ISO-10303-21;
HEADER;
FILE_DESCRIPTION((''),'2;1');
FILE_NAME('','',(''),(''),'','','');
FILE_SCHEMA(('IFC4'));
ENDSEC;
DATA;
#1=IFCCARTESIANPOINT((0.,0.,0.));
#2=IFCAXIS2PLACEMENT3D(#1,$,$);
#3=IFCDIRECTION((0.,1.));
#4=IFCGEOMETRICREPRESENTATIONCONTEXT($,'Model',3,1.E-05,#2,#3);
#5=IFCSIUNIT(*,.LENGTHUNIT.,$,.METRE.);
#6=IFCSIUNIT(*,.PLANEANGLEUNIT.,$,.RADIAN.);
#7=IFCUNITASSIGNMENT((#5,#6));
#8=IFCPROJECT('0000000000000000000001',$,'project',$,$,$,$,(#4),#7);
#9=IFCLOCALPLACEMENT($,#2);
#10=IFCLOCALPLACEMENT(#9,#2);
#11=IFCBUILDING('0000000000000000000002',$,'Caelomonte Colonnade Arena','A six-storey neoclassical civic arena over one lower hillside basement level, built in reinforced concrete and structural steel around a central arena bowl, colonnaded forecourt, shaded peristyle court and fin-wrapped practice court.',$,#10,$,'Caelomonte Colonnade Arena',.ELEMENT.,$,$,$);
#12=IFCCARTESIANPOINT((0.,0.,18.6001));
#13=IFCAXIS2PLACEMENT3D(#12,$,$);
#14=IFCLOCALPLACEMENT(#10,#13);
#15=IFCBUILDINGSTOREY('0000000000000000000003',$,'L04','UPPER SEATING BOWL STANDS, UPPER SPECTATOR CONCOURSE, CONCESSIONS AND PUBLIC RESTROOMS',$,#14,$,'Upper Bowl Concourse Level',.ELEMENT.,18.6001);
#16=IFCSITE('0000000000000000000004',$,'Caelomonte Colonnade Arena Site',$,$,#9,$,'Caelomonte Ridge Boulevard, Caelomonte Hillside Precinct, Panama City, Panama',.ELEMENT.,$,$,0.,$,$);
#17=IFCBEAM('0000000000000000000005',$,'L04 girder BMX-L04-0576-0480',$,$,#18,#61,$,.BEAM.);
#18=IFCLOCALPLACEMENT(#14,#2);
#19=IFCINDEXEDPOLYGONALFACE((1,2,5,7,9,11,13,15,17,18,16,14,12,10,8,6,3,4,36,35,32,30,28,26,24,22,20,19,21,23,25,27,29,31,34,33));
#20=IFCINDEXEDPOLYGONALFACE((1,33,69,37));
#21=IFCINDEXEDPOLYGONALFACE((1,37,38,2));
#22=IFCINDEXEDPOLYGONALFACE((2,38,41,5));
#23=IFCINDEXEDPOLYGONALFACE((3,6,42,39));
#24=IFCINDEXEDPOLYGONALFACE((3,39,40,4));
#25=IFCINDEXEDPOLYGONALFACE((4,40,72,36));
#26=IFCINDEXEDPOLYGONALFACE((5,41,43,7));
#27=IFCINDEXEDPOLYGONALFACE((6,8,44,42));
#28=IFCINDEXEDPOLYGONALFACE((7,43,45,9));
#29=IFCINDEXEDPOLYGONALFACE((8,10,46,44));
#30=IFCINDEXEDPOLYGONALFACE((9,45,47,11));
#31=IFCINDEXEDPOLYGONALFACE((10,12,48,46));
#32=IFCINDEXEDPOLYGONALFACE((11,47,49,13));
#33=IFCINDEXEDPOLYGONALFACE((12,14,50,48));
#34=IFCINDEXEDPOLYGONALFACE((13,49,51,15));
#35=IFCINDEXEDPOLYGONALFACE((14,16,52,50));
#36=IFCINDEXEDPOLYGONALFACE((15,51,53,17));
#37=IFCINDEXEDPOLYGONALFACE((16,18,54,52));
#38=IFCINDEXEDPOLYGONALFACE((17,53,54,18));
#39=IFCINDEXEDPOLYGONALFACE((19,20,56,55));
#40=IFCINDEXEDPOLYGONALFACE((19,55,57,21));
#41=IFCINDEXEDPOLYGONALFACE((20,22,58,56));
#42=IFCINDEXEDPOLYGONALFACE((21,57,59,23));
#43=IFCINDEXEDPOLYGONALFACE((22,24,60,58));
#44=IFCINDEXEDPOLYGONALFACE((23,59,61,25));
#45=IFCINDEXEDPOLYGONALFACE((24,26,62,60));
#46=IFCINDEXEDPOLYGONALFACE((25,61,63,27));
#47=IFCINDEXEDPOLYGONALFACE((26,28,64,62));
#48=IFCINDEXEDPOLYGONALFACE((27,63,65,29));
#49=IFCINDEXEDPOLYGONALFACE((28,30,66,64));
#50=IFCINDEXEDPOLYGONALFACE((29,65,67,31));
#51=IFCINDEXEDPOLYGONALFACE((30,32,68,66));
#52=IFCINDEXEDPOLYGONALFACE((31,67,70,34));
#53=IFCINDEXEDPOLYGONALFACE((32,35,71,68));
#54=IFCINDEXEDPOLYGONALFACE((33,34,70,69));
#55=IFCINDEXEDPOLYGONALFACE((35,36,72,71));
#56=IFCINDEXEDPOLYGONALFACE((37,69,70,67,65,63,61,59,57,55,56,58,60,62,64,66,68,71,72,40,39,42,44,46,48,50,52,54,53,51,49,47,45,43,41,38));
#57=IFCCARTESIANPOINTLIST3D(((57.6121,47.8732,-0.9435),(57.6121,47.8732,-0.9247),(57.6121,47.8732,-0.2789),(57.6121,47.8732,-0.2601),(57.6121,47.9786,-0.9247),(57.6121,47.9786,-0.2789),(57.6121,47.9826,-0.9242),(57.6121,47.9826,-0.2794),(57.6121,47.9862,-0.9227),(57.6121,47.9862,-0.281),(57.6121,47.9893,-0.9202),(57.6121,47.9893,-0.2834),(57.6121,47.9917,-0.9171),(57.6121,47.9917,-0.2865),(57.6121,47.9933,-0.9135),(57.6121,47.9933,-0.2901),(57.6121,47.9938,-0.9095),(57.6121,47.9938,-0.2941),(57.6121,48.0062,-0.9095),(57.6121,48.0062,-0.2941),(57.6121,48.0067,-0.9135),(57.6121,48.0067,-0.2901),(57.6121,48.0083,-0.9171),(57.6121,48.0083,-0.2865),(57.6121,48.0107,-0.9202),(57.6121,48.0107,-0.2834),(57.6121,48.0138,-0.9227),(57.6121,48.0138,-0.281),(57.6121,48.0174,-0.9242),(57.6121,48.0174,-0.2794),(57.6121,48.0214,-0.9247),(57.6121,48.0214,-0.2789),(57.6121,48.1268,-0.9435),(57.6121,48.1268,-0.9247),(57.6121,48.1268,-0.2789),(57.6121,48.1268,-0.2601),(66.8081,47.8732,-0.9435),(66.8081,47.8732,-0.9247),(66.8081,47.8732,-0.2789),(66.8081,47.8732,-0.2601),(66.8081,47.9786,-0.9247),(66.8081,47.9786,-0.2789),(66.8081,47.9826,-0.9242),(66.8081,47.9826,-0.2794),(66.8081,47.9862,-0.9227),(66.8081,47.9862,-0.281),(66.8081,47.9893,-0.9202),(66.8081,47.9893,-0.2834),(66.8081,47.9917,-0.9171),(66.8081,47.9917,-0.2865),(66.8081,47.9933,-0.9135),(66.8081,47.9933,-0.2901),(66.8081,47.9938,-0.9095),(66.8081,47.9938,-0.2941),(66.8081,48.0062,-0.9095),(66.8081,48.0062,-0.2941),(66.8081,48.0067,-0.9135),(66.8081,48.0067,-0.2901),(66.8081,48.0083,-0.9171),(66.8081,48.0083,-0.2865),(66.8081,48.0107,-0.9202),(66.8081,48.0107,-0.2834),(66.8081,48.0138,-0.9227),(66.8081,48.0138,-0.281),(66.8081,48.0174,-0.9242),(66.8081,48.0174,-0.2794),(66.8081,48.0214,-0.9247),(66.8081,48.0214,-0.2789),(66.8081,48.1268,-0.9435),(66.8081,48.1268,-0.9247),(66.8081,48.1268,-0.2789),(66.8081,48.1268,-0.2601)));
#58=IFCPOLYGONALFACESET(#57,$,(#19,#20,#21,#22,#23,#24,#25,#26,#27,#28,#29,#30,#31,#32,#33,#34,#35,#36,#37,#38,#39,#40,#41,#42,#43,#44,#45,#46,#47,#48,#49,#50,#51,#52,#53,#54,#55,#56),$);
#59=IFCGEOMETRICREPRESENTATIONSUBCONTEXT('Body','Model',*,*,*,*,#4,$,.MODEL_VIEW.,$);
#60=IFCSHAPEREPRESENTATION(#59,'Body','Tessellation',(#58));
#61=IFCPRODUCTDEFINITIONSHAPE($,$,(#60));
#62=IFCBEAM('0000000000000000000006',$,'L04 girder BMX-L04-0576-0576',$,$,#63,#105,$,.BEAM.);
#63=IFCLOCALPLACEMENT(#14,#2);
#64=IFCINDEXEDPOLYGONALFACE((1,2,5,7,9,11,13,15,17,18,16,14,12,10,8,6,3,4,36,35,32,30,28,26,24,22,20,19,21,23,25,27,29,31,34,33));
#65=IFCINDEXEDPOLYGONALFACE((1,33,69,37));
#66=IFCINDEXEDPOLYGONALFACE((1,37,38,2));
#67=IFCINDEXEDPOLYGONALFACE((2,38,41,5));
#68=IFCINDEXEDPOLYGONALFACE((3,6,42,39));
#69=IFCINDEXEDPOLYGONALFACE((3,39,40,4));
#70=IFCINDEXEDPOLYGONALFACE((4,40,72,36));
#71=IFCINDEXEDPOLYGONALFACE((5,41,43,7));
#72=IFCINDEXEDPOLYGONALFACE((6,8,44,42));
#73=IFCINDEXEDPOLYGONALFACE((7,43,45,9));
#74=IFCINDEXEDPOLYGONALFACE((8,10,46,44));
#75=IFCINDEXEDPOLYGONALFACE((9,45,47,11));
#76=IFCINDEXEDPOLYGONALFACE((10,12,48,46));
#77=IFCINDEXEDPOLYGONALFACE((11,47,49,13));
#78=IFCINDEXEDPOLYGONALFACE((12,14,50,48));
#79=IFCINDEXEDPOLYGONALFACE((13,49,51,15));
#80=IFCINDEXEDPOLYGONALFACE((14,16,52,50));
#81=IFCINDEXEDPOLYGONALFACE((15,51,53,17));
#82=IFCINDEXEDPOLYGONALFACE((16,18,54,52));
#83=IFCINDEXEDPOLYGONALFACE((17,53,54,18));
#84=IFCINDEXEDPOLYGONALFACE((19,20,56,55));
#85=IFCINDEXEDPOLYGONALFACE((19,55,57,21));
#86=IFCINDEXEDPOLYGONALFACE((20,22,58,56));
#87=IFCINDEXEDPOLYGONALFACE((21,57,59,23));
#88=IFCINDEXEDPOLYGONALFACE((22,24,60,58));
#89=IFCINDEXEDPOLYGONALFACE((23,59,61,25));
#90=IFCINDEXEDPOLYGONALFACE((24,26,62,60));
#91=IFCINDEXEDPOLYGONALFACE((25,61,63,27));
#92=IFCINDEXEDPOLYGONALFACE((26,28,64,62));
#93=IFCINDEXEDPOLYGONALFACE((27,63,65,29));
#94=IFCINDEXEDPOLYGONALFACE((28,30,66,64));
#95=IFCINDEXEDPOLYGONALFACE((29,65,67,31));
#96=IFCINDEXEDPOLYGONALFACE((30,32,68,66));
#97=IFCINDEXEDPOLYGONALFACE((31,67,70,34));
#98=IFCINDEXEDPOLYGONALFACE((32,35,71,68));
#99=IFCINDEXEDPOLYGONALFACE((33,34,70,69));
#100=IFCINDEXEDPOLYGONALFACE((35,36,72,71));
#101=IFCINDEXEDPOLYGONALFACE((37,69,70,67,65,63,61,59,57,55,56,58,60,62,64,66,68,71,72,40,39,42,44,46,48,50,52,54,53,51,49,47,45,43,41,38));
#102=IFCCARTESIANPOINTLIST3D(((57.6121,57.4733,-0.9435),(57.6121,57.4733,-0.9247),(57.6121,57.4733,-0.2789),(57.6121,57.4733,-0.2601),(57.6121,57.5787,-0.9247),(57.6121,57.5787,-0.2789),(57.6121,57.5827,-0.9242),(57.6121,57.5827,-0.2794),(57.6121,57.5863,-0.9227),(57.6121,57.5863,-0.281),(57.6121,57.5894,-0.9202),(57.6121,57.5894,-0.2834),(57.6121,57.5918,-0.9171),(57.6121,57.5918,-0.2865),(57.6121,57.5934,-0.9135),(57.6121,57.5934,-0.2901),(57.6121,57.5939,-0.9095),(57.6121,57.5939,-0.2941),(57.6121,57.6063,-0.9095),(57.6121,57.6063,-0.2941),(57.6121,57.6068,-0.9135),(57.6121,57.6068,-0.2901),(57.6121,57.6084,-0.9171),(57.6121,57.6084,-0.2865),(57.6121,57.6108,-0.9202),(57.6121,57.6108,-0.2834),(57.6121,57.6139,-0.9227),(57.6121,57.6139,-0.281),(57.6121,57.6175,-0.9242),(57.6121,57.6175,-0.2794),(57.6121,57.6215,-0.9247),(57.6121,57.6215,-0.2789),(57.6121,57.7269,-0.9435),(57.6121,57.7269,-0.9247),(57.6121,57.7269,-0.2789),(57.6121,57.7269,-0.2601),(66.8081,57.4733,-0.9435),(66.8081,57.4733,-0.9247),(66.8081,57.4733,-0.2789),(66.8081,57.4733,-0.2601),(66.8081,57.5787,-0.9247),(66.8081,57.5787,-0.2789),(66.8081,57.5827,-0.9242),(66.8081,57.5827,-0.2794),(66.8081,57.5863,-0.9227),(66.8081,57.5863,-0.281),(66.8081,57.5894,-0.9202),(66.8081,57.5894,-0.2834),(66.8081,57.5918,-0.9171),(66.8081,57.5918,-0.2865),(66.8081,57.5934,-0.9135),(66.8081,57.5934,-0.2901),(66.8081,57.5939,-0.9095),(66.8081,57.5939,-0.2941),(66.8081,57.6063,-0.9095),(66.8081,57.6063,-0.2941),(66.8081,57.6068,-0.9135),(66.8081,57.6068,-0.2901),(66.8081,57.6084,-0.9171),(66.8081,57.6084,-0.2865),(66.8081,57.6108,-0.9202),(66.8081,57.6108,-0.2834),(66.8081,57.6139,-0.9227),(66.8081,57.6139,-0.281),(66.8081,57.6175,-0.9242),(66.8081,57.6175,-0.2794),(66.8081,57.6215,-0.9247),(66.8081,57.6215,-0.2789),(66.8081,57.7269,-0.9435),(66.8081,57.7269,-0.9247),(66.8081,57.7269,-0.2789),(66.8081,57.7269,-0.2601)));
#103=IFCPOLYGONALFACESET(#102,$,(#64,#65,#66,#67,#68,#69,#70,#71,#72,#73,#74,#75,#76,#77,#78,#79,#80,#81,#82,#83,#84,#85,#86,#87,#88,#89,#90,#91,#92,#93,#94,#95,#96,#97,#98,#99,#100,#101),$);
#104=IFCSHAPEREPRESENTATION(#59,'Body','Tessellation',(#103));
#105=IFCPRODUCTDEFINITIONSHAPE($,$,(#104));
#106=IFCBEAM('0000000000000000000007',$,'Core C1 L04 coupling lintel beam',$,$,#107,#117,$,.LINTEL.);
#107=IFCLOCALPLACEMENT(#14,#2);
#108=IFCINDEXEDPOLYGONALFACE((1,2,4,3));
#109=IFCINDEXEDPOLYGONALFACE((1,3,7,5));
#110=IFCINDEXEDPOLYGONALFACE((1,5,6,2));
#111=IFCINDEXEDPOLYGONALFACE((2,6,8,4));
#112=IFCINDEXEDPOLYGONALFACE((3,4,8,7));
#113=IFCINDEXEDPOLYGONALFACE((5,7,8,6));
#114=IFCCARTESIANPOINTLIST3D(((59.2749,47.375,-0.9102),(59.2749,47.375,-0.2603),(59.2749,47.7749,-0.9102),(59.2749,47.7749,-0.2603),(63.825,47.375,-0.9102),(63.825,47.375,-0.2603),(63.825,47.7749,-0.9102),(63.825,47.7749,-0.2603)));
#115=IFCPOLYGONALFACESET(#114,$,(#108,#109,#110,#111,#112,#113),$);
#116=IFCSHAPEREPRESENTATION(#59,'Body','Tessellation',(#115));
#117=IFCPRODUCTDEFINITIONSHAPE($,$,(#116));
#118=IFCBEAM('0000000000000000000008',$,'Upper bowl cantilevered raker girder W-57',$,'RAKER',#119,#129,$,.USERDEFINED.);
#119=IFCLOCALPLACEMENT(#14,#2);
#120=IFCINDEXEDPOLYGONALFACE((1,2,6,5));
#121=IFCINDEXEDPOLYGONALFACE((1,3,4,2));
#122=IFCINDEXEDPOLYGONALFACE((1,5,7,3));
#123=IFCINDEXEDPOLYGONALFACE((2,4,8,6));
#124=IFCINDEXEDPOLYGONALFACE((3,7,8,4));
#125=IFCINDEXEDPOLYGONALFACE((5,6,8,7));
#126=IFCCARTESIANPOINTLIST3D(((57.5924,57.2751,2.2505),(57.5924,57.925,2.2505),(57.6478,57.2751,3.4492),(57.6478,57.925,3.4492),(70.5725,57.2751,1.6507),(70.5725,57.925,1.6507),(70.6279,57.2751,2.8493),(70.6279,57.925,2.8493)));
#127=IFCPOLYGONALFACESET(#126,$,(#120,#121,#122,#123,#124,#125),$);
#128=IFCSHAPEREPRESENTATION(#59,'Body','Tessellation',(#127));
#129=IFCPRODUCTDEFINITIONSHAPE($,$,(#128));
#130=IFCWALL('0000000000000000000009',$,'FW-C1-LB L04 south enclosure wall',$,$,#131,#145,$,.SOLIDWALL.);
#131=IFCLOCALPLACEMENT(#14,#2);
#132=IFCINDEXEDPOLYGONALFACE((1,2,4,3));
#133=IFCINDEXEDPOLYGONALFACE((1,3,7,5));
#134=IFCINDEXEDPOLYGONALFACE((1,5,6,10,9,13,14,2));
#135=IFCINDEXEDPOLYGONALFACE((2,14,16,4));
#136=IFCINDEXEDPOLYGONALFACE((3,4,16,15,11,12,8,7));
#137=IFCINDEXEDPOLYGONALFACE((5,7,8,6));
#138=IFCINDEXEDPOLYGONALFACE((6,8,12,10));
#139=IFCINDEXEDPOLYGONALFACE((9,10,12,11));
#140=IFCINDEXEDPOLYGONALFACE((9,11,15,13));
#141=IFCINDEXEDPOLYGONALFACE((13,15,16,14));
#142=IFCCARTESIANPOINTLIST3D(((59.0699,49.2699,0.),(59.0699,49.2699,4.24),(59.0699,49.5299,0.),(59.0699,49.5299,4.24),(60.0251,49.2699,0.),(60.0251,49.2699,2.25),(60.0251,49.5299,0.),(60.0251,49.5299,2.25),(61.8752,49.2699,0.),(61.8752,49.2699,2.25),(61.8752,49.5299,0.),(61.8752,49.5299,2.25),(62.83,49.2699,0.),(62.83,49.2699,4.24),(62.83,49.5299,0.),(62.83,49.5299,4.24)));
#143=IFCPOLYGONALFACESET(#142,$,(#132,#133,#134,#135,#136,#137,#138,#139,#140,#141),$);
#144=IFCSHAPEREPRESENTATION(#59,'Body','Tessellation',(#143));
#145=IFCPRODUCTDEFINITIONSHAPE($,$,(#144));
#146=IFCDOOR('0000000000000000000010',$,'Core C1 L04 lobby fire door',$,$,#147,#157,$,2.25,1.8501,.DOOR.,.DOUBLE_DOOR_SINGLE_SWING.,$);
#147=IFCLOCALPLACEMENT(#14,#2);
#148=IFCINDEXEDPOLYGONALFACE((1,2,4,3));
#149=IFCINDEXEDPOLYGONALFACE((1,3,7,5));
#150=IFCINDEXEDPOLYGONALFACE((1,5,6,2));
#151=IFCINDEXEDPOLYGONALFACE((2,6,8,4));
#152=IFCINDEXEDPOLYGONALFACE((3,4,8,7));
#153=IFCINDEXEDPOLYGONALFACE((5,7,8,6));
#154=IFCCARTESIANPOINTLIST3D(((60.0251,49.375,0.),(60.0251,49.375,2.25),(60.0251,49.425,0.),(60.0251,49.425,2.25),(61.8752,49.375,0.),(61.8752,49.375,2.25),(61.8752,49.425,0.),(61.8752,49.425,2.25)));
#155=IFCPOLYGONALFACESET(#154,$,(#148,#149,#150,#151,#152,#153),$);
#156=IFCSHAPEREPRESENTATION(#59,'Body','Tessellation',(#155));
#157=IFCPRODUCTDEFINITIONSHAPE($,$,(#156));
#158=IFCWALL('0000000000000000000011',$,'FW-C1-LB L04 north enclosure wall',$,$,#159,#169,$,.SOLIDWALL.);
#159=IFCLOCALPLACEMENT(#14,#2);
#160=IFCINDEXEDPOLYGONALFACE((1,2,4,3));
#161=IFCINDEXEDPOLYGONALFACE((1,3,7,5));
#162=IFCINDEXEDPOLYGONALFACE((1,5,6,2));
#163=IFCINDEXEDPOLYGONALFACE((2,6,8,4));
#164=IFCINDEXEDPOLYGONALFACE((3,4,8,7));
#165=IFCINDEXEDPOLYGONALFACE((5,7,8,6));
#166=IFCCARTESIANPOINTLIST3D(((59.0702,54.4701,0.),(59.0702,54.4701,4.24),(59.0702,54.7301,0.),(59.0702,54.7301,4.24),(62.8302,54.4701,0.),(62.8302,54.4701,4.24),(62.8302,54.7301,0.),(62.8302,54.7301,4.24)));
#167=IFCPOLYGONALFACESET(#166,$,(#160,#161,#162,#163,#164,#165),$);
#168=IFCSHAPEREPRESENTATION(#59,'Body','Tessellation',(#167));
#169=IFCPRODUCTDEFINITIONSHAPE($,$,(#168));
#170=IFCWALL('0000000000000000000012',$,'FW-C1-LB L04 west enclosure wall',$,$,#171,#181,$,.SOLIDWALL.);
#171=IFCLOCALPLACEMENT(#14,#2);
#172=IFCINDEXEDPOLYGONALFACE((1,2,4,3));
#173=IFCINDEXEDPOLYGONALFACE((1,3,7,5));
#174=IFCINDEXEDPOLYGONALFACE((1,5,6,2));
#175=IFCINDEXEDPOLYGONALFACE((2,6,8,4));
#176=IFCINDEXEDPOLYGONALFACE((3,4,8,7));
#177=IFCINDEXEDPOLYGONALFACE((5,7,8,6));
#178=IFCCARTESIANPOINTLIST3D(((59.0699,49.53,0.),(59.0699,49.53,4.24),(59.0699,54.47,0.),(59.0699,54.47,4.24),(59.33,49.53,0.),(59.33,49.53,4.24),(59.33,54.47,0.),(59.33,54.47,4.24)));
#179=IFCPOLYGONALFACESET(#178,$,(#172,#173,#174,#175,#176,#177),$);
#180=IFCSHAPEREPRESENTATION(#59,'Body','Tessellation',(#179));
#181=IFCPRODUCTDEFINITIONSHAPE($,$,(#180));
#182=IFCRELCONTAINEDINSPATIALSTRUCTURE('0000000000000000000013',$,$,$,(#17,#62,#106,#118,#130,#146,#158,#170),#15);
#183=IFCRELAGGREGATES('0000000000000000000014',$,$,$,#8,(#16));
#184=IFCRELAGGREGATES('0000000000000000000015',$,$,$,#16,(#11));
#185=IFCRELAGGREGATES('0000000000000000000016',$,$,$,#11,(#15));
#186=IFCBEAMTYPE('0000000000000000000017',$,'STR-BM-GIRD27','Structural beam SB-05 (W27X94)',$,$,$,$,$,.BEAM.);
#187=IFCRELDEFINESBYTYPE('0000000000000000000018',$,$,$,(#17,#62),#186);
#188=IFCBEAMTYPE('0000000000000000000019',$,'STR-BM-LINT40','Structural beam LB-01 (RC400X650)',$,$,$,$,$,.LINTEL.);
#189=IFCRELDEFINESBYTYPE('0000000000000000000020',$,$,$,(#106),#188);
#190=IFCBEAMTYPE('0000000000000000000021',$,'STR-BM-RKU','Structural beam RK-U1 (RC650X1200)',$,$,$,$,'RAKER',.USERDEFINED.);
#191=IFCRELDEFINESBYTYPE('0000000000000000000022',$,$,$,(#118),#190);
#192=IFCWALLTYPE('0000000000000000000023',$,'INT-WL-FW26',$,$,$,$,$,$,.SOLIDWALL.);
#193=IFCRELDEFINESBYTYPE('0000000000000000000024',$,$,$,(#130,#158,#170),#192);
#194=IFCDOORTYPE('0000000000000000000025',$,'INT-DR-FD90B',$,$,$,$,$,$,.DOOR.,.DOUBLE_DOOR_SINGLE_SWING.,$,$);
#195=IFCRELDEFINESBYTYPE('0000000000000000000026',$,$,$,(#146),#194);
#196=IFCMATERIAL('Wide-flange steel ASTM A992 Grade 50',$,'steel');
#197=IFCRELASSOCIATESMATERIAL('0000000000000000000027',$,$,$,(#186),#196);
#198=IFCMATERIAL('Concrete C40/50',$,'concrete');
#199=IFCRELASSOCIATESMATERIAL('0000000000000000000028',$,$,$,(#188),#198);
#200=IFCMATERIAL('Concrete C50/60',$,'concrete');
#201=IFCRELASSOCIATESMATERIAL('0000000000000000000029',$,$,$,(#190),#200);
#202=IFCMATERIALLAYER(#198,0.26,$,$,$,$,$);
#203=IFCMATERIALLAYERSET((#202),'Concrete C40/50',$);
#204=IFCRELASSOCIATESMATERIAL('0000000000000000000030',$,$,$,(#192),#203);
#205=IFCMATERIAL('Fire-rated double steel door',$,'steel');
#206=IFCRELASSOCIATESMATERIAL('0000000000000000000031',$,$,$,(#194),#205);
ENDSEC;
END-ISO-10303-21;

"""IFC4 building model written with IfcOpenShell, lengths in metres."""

from ifc_helpers import new_model, si_unit, direction, frame, frame_2d, origin, origin_2d, place, context, subcontext, project, spatial, rectangle, i_section, extrude, material, layer, layer_set, material_profile, profile_set, type_object, element, fill, save


model = new_model("IFC4")

# Units and contexts
model_context = context("Model", 3, precision=1e-05, world=origin(), true_north=direction((0.0, 1.0)))
body_context = subcontext(model_context, "Body", "Model", "MODEL_VIEW")
ifc_project = project(units=[si_unit("LENGTHUNIT", "METRE"), si_unit("PLANEANGLEUNIT", "RADIAN")], contexts=[model_context])

# Site, building, storey
site_placement = place(None, origin())
site = spatial("IfcSite", under=ifc_project, at=site_placement, Name="Caelomonte Colonnade Arena Site", LongName="Caelomonte Ridge Boulevard, Caelomonte Hillside Precinct, Panama City, Panama", CompositionType="ELEMENT", RefElevation=0.0)
building_placement = place(site_placement, origin())
building = spatial("IfcBuilding", under=site, at=building_placement, Name="Caelomonte Colonnade Arena", Description="A six-storey neoclassical civic arena over one lower hillside basement level, built in reinforced concrete and structural steel around a central arena bowl, colonnaded forecourt, shaded peristyle court and fin-wrapped practice court.", LongName="Caelomonte Colonnade Arena", CompositionType="ELEMENT")
storey_placement = place(building_placement, frame((0.0, 0.0, 18.6001)))
storey = spatial("IfcBuildingStorey", under=building, at=storey_placement, Name="L04", Description="UPPER SEATING BOWL STANDS, UPPER SPECTATOR CONCOURSE, CONCESSIONS AND PUBLIC RESTROOMS", LongName="Upper Bowl Concourse Level", CompositionType="ELEMENT", Elevation=18.6001)

# Shared definitions
ifc_material_1 = material(Name="Wide-flange steel ASTM A992 Grade 50", Category="steel")

# Beams
ifc_material_profile_1 = material_profile(ifc_material_1, i_section(OverallWidth=0.2537, OverallDepth=0.6833, WebThickness=0.0125, FlangeThickness=0.0188, FilletRadius=0.0151, at=origin_2d()), Name="W27X94")
ifc_profile_set_1 = profile_set([ifc_material_profile_1], Name="Wide-flange steel ASTM A992 Grade 50")
beam_type_1 = type_object("IfcBeamType", Name="STR-BM-GIRD27", Description="Structural beam SB-05 (W27X94)", PredefinedType="BEAM", material=ifc_profile_set_1)
for number, where, z_axis, x_axis, name in (
    (1, (57.6121, 48.0, -0.6018), (1.0, 0.0, 0.0), (0.0, 1.0, 0.0), "L04 girder BMX-L04-0576-0480"),
    (2, (57.6121, 57.6001, -0.6018), (1.0, 0.0, 0.0), (0.0, 1.0, 0.0), "L04 girder BMX-L04-0576-0576"),
):
    element("IfcBeam", number, at=place(storey_placement, frame(where, z_axis=z_axis, x_axis=x_axis)), inside=storey, type_object=beam_type_1, Name=name, PredefinedType="BEAM", context=body_context, shape_type="SweptSolid", body=[
        extrude(i_section(OverallWidth=0.2537, OverallDepth=0.6833, WebThickness=0.0125, FlangeThickness=0.0188, FilletRadius=0.0151, at=origin_2d()), origin(), (0.0, 0.0, 1.0), 9.196),
    ])
ifc_material_2 = material(Name="Concrete C40/50", Category="concrete")
ifc_material_profile_2 = material_profile(ifc_material_2, rectangle(XDim=0.3999, YDim=0.6499, at=origin_2d()), Name="RC400X650")
ifc_profile_set_2 = profile_set([ifc_material_profile_2], Name="Concrete C40/50")
beam_type_2 = type_object("IfcBeamType", Name="STR-BM-LINT40", Description="Structural beam LB-01 (RC400X650)", PredefinedType="LINTEL", material=ifc_profile_set_2)
beam_1_placement = place(storey_placement, frame((59.2749, 47.575, -0.5852), z_axis=(1.0, 0.0, 0.0), x_axis=(0.0, 1.0, 0.0)))
element("IfcBeam", 3, at=beam_1_placement, inside=storey, type_object=beam_type_2, Name="Core C1 L04 coupling lintel beam", PredefinedType="LINTEL", context=body_context, shape_type="SweptSolid", body=[
    extrude(rectangle(XDim=0.3999, YDim=0.6499, at=origin_2d()), origin(), (0.0, 0.0, 1.0), 4.55),
])
ifc_material_3 = material(Name="Concrete C50/60", Category="concrete")
ifc_material_profile_3 = material_profile(ifc_material_3, rectangle(XDim=0.6499, YDim=1.2, at=origin_2d()), Name="RC650X1200")
ifc_profile_set_3 = profile_set([ifc_material_profile_3], Name="Concrete C50/60")
beam_type_3 = type_object("IfcBeamType", Name="STR-BM-RKU", Description="Structural beam RK-U1 (RC650X1200)", ElementType="RAKER", PredefinedType="USERDEFINED", material=ifc_profile_set_3)
beam_2_placement = place(storey_placement, frame((57.6201, 57.6001, 2.8499), z_axis=(0.998934, 0.0, -0.046164), x_axis=(0.0, 1.0, 0.0)))
element("IfcBeam", 4, at=beam_2_placement, inside=storey, type_object=beam_type_3, Name="Upper bowl cantilevered raker girder W-57", ObjectType="RAKER", PredefinedType="USERDEFINED", context=body_context, shape_type="SweptSolid", body=[
    extrude(rectangle(XDim=0.6499, YDim=1.2, at=origin_2d()), origin(), (0.0, 0.0, 1.0), 12.9939),
])

# Wall, opening, door
ifc_layer_1 = layer(ifc_material_2, 0.26)
ifc_layer_set_1 = layer_set([ifc_layer_1], Name="Concrete C40/50")
wall_type_1 = type_object("IfcWallType", Name="INT-WL-FW26", PredefinedType="SOLIDWALL", material=ifc_layer_set_1)
wall_1_placement = place(storey_placement, frame((59.0701, 49.3999, 0.0), z_axis=(0.0, 0.0, 1.0), x_axis=(1.0, 0.0, 0.0)))
wall_1 = element("IfcWall", 5, at=wall_1_placement, inside=storey, type_object=wall_type_1, Name="FW-C1-LB L04 south enclosure wall", PredefinedType="SOLIDWALL", context=body_context, shape_type="SweptSolid", body=[
    extrude(rectangle(XDim=3.76, YDim=0.26, at=frame_2d((1.8799, 0.0))), origin(), (0.0, 0.0, 1.0), 4.24),
])
opening_1_placement = place(wall_1_placement, frame((2.8052, 0.0, 0.0), z_axis=(0.0, 0.0, 1.0), x_axis=(-1.0, 0.0, 0.0)))
opening_1 = element("IfcOpeningElement", 6, at=opening_1_placement, cuts=wall_1, PredefinedType="OPENING", context=body_context, shape_type="SweptSolid", body=[
    extrude(rectangle(XDim=1.8501, YDim=2.25, at=frame_2d((0.925, 1.125))), frame((0.0, 0.1399, 0.0), z_axis=(0.0, -1.0, 0.0), x_axis=(1.0, 0.0, 0.0)), (0.0, 0.0, 1.0), 0.28),
])
ifc_material_4 = material(Name="Fire-rated double steel door", Category="steel")
door_type_1 = type_object("IfcDoorType", Name="INT-DR-FD90B", OperationType="DOUBLE_DOOR_SINGLE_SWING", PredefinedType="DOOR", material=ifc_material_4)
door_1_placement = place(opening_1_placement, origin())
door_1 = element("IfcDoor", 7, at=door_1_placement, inside=storey, type_object=door_type_1, Name="Core C1 L04 lobby fire door", OperationType="DOUBLE_DOOR_SINGLE_SWING", OverallHeight=2.25, OverallWidth=1.8501, PredefinedType="DOOR", context=body_context, shape_type="SweptSolid", body=[
    extrude(rectangle(XDim=1.8501, YDim=2.25, at=frame_2d((0.925, 1.125))), frame((0.0, 0.0249, 0.0), z_axis=(0.0, -1.0, 0.0), x_axis=(1.0, 0.0, 0.0)), (0.0, 0.0, 1.0), 0.05),
])
fill(opening_1, door_1)

# Walls
wall_2_placement = place(storey_placement, frame((62.8301, 54.6001, 0.0), z_axis=(0.0, 0.0, 1.0), x_axis=(-1.0, 0.0, 0.0)))
element("IfcWall", 8, at=wall_2_placement, inside=storey, type_object=wall_type_1, Name="FW-C1-LB L04 north enclosure wall", PredefinedType="SOLIDWALL", context=body_context, shape_type="SweptSolid", body=[
    extrude(rectangle(XDim=3.76, YDim=0.26, at=frame_2d((1.8799, 0.0))), origin(), (0.0, 0.0, 1.0), 4.24),
])
wall_3_placement = place(storey_placement, frame((59.2, 54.47, 0.0), z_axis=(0.0, 0.0, 1.0), x_axis=(0.0, -1.0, 0.0)))
element("IfcWall", 9, at=wall_3_placement, inside=storey, type_object=wall_type_1, Name="FW-C1-LB L04 west enclosure wall", PredefinedType="SOLIDWALL", context=body_context, shape_type="SweptSolid", body=[
    extrude(rectangle(XDim=4.9399, YDim=0.26, at=frame_2d((2.47, 0.0))), origin(), (0.0, 0.0, 1.0), 4.24),
])

save(model, "model.ifc")
